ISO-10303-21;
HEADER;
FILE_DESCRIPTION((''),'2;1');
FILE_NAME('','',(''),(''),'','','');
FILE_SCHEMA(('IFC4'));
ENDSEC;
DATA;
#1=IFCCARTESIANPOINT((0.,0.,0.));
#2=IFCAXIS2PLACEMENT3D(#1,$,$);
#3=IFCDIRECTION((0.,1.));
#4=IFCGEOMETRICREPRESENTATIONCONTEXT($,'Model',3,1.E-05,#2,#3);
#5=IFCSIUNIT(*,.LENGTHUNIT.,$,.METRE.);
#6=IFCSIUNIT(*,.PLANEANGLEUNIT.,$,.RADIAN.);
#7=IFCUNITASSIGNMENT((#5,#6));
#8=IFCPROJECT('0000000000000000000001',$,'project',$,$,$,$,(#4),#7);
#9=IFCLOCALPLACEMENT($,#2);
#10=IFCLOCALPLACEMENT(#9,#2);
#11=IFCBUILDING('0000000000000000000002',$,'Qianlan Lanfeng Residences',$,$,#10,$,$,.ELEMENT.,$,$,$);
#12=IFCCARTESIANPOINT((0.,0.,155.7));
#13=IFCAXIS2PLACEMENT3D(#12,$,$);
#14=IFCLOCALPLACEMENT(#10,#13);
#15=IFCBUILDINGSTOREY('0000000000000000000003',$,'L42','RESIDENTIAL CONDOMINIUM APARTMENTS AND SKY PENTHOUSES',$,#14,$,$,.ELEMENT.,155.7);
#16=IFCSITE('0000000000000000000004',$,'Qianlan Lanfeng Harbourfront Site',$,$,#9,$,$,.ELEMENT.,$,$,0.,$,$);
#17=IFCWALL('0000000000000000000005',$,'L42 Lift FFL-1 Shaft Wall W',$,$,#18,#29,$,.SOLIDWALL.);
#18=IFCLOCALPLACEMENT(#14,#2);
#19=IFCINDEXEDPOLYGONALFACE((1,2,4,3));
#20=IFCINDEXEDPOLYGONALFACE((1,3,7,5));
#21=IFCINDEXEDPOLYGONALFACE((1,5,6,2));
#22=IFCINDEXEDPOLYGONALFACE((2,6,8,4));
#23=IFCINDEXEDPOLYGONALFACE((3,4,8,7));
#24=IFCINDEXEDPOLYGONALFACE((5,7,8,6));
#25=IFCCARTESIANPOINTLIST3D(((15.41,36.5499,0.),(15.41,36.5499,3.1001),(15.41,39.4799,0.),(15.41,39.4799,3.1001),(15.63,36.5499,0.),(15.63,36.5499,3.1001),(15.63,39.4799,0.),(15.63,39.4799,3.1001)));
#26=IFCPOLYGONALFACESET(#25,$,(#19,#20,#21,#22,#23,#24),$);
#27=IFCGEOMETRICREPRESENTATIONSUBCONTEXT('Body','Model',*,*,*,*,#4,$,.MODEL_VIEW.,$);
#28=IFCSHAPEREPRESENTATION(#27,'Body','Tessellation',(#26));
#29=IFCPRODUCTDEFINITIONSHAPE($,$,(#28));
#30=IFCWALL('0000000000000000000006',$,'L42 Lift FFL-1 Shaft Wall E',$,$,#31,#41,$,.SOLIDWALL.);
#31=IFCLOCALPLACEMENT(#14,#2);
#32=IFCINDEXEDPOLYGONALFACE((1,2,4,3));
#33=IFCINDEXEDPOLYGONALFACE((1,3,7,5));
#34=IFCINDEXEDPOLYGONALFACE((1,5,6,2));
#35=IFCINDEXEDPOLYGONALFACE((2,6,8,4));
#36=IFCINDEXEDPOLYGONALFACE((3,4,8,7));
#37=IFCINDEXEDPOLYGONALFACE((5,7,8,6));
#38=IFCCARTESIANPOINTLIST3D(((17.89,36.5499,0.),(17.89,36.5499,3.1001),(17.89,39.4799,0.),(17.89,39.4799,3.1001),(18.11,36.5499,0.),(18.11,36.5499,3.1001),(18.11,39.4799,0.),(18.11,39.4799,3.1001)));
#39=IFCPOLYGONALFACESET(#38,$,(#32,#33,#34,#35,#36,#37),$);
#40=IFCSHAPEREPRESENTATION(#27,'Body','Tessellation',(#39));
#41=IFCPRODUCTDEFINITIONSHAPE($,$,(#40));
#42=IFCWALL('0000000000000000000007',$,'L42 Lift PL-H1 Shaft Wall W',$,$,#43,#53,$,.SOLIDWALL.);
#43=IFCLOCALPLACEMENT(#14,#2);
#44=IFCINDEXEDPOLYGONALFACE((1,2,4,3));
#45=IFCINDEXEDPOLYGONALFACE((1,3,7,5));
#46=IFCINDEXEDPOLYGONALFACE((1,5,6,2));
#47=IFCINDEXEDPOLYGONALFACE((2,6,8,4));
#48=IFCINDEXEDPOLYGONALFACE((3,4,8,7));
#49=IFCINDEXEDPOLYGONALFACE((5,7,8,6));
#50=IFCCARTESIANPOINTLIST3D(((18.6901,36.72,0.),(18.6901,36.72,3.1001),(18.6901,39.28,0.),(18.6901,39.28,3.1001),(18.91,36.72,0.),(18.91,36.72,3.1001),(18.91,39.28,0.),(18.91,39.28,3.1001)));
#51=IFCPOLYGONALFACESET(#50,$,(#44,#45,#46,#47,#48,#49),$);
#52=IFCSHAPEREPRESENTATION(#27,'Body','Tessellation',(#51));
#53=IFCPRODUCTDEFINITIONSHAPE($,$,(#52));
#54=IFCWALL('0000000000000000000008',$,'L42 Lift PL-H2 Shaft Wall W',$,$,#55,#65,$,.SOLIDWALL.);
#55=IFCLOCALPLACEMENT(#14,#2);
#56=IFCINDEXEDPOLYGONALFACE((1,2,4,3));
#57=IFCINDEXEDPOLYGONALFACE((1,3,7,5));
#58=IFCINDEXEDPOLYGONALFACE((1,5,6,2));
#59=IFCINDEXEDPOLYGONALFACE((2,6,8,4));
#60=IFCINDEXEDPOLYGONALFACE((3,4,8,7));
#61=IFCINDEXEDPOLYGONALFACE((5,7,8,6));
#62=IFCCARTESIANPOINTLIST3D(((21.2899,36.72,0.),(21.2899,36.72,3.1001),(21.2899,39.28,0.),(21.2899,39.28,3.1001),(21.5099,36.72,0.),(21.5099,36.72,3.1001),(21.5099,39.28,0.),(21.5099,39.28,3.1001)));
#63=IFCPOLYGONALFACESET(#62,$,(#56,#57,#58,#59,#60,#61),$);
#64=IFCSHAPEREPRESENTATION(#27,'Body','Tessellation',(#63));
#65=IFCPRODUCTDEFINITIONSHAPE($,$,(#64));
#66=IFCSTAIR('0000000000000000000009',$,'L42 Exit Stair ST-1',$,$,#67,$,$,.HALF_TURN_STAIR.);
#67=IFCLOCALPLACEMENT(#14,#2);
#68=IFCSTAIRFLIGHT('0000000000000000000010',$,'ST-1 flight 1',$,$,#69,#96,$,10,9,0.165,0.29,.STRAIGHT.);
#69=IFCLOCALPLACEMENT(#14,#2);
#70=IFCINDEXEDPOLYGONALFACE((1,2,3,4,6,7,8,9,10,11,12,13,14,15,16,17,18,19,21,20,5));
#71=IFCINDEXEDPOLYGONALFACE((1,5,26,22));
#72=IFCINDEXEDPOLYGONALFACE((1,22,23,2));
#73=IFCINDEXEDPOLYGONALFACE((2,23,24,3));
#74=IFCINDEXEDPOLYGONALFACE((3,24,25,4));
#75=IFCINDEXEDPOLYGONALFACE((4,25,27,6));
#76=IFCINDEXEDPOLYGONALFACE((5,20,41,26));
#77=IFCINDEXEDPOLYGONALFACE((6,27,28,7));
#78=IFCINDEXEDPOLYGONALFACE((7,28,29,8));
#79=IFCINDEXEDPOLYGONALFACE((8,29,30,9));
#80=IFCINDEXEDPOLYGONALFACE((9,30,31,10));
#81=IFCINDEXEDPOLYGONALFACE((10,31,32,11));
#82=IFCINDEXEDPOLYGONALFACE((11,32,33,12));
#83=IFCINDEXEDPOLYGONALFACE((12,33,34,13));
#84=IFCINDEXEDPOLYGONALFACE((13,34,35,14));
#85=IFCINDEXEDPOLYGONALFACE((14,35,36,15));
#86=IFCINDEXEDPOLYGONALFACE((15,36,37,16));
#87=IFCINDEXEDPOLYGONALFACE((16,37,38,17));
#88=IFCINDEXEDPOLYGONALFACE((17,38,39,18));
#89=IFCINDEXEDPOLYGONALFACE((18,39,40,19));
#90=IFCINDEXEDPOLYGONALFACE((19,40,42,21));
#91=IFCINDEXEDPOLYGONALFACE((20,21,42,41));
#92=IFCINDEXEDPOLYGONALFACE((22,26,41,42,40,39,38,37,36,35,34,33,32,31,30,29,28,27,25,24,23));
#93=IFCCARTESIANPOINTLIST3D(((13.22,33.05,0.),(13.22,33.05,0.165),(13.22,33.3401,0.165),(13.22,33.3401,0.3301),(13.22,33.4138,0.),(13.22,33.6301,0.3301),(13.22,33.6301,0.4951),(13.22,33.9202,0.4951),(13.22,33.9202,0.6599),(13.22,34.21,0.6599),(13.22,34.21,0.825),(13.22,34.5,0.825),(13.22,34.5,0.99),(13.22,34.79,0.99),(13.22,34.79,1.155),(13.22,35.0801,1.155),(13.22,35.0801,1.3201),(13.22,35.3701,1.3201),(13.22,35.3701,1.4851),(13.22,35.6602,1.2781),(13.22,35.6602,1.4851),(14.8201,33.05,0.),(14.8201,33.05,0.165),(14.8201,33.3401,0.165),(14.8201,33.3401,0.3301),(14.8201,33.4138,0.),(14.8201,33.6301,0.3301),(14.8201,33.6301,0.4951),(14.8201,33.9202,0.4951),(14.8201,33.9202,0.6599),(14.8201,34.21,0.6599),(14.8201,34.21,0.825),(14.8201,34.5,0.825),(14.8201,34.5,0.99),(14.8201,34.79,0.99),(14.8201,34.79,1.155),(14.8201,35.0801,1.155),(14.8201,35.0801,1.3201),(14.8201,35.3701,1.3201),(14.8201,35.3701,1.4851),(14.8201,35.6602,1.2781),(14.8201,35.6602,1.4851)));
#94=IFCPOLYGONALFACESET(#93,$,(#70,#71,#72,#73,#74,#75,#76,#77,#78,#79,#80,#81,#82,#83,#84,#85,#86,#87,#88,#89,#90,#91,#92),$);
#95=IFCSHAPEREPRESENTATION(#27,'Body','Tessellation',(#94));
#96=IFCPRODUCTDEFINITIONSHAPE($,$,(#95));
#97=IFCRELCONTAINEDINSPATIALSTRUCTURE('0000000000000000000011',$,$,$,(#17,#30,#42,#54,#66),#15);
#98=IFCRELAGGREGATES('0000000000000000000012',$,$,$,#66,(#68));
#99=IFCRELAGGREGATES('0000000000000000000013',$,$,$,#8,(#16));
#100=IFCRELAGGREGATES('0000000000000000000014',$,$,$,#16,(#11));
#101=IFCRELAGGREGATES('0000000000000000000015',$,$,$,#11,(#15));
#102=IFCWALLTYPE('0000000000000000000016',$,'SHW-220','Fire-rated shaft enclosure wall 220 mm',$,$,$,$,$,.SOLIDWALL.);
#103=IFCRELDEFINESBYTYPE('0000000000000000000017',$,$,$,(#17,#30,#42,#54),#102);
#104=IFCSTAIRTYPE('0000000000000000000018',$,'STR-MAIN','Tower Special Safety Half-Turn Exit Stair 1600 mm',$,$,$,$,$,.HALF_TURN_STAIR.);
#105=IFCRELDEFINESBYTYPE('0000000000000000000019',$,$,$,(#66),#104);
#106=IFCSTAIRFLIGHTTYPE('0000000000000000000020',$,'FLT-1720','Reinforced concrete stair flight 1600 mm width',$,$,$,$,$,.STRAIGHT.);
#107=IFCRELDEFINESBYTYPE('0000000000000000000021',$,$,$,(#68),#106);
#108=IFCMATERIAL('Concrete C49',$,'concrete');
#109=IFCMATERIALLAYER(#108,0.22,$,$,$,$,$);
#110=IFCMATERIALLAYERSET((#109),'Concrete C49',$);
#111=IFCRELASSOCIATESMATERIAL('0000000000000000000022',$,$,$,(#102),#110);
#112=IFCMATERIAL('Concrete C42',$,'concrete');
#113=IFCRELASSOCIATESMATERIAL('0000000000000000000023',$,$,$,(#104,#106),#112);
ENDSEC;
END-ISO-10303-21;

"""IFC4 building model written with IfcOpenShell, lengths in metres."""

from ifc_helpers import new_model, si_unit, direction, frame, frame_2d, origin, place, context, subcontext, project, spatial, polyline, rectangle, outline, extrude, material, layer, layer_set, type_object, element, aggregate, save


model = new_model("IFC4")

# Units and contexts
model_context = context("Model", 3, precision=1e-05, world=origin(), true_north=direction((0.0, 1.0)))
body_context = subcontext(model_context, "Body", "Model", "MODEL_VIEW")
ifc_project = project(units=[si_unit("LENGTHUNIT", "METRE"), si_unit("PLANEANGLEUNIT", "RADIAN")], contexts=[model_context])

# Site, building, storey
site_placement = place(None, origin())
site = spatial("IfcSite", under=ifc_project, at=site_placement, Name="Qianlan Lanfeng Harbourfront Site", CompositionType="ELEMENT", RefElevation=0.0)
building_placement = place(site_placement, origin())
building = spatial("IfcBuilding", under=site, at=building_placement, Name="Qianlan Lanfeng Residences", CompositionType="ELEMENT")
storey_placement = place(building_placement, frame((0.0, 0.0, 155.7)))
storey = spatial("IfcBuildingStorey", under=building, at=storey_placement, Name="L42", Description="RESIDENTIAL CONDOMINIUM APARTMENTS AND SKY PENTHOUSES", CompositionType="ELEMENT", Elevation=155.7)

# Walls
ifc_material_1 = material(Name="Concrete C49", Category="concrete")
ifc_layer_1 = layer(ifc_material_1, 0.22)
ifc_layer_set_1 = layer_set([ifc_layer_1], Name="Concrete C49")
wall_type_1 = type_object("IfcWallType", Name="SHW-220", Description="Fire-rated shaft enclosure wall 220 mm", PredefinedType="SOLIDWALL", material=ifc_layer_set_1)
for number, where, z_axis, x_axis, name in (
    (1, (15.52, 36.55, 0.0), (0.0, 0.0, 1.0), (0.0, 1.0, 0.0), "L42 Lift FFL-1 Shaft Wall W"),
    (2, (18.0, 36.55, 0.0), (0.0, 0.0, 1.0), (0.0, 1.0, 0.0), "L42 Lift FFL-1 Shaft Wall E"),
):
    element("IfcWall", number, at=place(storey_placement, frame(where, z_axis=z_axis, x_axis=x_axis)), inside=storey, type_object=wall_type_1, Name=name, PredefinedType="SOLIDWALL", context=body_context, shape_type="SweptSolid", body=[
        extrude(rectangle(XDim=2.9299, YDim=0.22, at=frame_2d((1.4648, 0.0))), origin(), (0.0, 0.0, 1.0), 3.1001),
    ])
for number, where, z_axis, x_axis, name in (
    (3, (18.8, 36.72, 0.0), (0.0, 0.0, 1.0), (0.0, 1.0, 0.0), "L42 Lift PL-H1 Shaft Wall W"),
    (4, (21.3999, 36.72, 0.0), (0.0, 0.0, 1.0), (0.0, 1.0, 0.0), "L42 Lift PL-H2 Shaft Wall W"),
):
    element("IfcWall", number, at=place(storey_placement, frame(where, z_axis=z_axis, x_axis=x_axis)), inside=storey, type_object=wall_type_1, Name=name, PredefinedType="SOLIDWALL", context=body_context, shape_type="SweptSolid", body=[
        extrude(rectangle(XDim=2.5601, YDim=0.22, at=frame_2d((1.28, 0.0))), origin(), (0.0, 0.0, 1.0), 3.1001),
    ])

# Stair, stair flight
ifc_material_2 = material(Name="Concrete C42", Category="concrete")
stair_type = type_object("IfcStairType", Name="STR-MAIN", Description="Tower Special Safety Half-Turn Exit Stair 1600 mm", PredefinedType="HALF_TURN_STAIR", material=ifc_material_2)
stair_placement = place(storey_placement, origin())
stair = element("IfcStair", 5, at=stair_placement, inside=storey, type_object=stair_type, Name="L42 Exit Stair ST-1", PredefinedType="HALF_TURN_STAIR")
stair_flight_type = type_object("IfcStairFlightType", Name="FLT-1720", Description="Reinforced concrete stair flight 1600 mm width", PredefinedType="STRAIGHT", material=ifc_material_2)
stair_flight_placement = place(storey_placement, frame((14.02, 33.05, 0.0), z_axis=(0.0, 0.0, 1.0), x_axis=(0.0, 1.0, 0.0)))
stair_flight = element("IfcStairFlight", 6, at=stair_flight_placement, type_object=stair_flight_type, Name="ST-1 flight 1", NumberOfRisers=10, NumberOfTreads=9, PredefinedType="STRAIGHT", RiserHeight=0.165, TreadLength=0.29, context=body_context, shape_type="SweptSolid", body=[
    extrude(outline(polyline([(0.0, 0.0), (0.0, 0.165), (0.29, 0.165), (0.29, 0.3301), (0.5801, 0.3301), (0.5801, 0.4951), (0.8701, 0.4951), (0.8701, 0.6599), (1.1599, 0.6599), (1.1599, 0.825), (1.45, 0.825), (1.45, 0.99), (1.74, 0.99), (1.74, 1.155), (2.03, 1.155), (2.03, 1.3201), (2.3201, 1.3201), (2.3201, 1.4851), (2.6101, 1.4851), (2.6101, 1.6499), (2.6101, 1.2781), (0.3638, 0.0), (0.0, 0.0)])), frame((0.0, 0.8, 0.0), z_axis=(0.0, -1.0, 0.0), x_axis=(1.0, 0.0, 0.0)), (0.0, 0.0, 1.0), 1.6001),
])
aggregate(stair, [stair_flight])

save(model, "model.ifc")
